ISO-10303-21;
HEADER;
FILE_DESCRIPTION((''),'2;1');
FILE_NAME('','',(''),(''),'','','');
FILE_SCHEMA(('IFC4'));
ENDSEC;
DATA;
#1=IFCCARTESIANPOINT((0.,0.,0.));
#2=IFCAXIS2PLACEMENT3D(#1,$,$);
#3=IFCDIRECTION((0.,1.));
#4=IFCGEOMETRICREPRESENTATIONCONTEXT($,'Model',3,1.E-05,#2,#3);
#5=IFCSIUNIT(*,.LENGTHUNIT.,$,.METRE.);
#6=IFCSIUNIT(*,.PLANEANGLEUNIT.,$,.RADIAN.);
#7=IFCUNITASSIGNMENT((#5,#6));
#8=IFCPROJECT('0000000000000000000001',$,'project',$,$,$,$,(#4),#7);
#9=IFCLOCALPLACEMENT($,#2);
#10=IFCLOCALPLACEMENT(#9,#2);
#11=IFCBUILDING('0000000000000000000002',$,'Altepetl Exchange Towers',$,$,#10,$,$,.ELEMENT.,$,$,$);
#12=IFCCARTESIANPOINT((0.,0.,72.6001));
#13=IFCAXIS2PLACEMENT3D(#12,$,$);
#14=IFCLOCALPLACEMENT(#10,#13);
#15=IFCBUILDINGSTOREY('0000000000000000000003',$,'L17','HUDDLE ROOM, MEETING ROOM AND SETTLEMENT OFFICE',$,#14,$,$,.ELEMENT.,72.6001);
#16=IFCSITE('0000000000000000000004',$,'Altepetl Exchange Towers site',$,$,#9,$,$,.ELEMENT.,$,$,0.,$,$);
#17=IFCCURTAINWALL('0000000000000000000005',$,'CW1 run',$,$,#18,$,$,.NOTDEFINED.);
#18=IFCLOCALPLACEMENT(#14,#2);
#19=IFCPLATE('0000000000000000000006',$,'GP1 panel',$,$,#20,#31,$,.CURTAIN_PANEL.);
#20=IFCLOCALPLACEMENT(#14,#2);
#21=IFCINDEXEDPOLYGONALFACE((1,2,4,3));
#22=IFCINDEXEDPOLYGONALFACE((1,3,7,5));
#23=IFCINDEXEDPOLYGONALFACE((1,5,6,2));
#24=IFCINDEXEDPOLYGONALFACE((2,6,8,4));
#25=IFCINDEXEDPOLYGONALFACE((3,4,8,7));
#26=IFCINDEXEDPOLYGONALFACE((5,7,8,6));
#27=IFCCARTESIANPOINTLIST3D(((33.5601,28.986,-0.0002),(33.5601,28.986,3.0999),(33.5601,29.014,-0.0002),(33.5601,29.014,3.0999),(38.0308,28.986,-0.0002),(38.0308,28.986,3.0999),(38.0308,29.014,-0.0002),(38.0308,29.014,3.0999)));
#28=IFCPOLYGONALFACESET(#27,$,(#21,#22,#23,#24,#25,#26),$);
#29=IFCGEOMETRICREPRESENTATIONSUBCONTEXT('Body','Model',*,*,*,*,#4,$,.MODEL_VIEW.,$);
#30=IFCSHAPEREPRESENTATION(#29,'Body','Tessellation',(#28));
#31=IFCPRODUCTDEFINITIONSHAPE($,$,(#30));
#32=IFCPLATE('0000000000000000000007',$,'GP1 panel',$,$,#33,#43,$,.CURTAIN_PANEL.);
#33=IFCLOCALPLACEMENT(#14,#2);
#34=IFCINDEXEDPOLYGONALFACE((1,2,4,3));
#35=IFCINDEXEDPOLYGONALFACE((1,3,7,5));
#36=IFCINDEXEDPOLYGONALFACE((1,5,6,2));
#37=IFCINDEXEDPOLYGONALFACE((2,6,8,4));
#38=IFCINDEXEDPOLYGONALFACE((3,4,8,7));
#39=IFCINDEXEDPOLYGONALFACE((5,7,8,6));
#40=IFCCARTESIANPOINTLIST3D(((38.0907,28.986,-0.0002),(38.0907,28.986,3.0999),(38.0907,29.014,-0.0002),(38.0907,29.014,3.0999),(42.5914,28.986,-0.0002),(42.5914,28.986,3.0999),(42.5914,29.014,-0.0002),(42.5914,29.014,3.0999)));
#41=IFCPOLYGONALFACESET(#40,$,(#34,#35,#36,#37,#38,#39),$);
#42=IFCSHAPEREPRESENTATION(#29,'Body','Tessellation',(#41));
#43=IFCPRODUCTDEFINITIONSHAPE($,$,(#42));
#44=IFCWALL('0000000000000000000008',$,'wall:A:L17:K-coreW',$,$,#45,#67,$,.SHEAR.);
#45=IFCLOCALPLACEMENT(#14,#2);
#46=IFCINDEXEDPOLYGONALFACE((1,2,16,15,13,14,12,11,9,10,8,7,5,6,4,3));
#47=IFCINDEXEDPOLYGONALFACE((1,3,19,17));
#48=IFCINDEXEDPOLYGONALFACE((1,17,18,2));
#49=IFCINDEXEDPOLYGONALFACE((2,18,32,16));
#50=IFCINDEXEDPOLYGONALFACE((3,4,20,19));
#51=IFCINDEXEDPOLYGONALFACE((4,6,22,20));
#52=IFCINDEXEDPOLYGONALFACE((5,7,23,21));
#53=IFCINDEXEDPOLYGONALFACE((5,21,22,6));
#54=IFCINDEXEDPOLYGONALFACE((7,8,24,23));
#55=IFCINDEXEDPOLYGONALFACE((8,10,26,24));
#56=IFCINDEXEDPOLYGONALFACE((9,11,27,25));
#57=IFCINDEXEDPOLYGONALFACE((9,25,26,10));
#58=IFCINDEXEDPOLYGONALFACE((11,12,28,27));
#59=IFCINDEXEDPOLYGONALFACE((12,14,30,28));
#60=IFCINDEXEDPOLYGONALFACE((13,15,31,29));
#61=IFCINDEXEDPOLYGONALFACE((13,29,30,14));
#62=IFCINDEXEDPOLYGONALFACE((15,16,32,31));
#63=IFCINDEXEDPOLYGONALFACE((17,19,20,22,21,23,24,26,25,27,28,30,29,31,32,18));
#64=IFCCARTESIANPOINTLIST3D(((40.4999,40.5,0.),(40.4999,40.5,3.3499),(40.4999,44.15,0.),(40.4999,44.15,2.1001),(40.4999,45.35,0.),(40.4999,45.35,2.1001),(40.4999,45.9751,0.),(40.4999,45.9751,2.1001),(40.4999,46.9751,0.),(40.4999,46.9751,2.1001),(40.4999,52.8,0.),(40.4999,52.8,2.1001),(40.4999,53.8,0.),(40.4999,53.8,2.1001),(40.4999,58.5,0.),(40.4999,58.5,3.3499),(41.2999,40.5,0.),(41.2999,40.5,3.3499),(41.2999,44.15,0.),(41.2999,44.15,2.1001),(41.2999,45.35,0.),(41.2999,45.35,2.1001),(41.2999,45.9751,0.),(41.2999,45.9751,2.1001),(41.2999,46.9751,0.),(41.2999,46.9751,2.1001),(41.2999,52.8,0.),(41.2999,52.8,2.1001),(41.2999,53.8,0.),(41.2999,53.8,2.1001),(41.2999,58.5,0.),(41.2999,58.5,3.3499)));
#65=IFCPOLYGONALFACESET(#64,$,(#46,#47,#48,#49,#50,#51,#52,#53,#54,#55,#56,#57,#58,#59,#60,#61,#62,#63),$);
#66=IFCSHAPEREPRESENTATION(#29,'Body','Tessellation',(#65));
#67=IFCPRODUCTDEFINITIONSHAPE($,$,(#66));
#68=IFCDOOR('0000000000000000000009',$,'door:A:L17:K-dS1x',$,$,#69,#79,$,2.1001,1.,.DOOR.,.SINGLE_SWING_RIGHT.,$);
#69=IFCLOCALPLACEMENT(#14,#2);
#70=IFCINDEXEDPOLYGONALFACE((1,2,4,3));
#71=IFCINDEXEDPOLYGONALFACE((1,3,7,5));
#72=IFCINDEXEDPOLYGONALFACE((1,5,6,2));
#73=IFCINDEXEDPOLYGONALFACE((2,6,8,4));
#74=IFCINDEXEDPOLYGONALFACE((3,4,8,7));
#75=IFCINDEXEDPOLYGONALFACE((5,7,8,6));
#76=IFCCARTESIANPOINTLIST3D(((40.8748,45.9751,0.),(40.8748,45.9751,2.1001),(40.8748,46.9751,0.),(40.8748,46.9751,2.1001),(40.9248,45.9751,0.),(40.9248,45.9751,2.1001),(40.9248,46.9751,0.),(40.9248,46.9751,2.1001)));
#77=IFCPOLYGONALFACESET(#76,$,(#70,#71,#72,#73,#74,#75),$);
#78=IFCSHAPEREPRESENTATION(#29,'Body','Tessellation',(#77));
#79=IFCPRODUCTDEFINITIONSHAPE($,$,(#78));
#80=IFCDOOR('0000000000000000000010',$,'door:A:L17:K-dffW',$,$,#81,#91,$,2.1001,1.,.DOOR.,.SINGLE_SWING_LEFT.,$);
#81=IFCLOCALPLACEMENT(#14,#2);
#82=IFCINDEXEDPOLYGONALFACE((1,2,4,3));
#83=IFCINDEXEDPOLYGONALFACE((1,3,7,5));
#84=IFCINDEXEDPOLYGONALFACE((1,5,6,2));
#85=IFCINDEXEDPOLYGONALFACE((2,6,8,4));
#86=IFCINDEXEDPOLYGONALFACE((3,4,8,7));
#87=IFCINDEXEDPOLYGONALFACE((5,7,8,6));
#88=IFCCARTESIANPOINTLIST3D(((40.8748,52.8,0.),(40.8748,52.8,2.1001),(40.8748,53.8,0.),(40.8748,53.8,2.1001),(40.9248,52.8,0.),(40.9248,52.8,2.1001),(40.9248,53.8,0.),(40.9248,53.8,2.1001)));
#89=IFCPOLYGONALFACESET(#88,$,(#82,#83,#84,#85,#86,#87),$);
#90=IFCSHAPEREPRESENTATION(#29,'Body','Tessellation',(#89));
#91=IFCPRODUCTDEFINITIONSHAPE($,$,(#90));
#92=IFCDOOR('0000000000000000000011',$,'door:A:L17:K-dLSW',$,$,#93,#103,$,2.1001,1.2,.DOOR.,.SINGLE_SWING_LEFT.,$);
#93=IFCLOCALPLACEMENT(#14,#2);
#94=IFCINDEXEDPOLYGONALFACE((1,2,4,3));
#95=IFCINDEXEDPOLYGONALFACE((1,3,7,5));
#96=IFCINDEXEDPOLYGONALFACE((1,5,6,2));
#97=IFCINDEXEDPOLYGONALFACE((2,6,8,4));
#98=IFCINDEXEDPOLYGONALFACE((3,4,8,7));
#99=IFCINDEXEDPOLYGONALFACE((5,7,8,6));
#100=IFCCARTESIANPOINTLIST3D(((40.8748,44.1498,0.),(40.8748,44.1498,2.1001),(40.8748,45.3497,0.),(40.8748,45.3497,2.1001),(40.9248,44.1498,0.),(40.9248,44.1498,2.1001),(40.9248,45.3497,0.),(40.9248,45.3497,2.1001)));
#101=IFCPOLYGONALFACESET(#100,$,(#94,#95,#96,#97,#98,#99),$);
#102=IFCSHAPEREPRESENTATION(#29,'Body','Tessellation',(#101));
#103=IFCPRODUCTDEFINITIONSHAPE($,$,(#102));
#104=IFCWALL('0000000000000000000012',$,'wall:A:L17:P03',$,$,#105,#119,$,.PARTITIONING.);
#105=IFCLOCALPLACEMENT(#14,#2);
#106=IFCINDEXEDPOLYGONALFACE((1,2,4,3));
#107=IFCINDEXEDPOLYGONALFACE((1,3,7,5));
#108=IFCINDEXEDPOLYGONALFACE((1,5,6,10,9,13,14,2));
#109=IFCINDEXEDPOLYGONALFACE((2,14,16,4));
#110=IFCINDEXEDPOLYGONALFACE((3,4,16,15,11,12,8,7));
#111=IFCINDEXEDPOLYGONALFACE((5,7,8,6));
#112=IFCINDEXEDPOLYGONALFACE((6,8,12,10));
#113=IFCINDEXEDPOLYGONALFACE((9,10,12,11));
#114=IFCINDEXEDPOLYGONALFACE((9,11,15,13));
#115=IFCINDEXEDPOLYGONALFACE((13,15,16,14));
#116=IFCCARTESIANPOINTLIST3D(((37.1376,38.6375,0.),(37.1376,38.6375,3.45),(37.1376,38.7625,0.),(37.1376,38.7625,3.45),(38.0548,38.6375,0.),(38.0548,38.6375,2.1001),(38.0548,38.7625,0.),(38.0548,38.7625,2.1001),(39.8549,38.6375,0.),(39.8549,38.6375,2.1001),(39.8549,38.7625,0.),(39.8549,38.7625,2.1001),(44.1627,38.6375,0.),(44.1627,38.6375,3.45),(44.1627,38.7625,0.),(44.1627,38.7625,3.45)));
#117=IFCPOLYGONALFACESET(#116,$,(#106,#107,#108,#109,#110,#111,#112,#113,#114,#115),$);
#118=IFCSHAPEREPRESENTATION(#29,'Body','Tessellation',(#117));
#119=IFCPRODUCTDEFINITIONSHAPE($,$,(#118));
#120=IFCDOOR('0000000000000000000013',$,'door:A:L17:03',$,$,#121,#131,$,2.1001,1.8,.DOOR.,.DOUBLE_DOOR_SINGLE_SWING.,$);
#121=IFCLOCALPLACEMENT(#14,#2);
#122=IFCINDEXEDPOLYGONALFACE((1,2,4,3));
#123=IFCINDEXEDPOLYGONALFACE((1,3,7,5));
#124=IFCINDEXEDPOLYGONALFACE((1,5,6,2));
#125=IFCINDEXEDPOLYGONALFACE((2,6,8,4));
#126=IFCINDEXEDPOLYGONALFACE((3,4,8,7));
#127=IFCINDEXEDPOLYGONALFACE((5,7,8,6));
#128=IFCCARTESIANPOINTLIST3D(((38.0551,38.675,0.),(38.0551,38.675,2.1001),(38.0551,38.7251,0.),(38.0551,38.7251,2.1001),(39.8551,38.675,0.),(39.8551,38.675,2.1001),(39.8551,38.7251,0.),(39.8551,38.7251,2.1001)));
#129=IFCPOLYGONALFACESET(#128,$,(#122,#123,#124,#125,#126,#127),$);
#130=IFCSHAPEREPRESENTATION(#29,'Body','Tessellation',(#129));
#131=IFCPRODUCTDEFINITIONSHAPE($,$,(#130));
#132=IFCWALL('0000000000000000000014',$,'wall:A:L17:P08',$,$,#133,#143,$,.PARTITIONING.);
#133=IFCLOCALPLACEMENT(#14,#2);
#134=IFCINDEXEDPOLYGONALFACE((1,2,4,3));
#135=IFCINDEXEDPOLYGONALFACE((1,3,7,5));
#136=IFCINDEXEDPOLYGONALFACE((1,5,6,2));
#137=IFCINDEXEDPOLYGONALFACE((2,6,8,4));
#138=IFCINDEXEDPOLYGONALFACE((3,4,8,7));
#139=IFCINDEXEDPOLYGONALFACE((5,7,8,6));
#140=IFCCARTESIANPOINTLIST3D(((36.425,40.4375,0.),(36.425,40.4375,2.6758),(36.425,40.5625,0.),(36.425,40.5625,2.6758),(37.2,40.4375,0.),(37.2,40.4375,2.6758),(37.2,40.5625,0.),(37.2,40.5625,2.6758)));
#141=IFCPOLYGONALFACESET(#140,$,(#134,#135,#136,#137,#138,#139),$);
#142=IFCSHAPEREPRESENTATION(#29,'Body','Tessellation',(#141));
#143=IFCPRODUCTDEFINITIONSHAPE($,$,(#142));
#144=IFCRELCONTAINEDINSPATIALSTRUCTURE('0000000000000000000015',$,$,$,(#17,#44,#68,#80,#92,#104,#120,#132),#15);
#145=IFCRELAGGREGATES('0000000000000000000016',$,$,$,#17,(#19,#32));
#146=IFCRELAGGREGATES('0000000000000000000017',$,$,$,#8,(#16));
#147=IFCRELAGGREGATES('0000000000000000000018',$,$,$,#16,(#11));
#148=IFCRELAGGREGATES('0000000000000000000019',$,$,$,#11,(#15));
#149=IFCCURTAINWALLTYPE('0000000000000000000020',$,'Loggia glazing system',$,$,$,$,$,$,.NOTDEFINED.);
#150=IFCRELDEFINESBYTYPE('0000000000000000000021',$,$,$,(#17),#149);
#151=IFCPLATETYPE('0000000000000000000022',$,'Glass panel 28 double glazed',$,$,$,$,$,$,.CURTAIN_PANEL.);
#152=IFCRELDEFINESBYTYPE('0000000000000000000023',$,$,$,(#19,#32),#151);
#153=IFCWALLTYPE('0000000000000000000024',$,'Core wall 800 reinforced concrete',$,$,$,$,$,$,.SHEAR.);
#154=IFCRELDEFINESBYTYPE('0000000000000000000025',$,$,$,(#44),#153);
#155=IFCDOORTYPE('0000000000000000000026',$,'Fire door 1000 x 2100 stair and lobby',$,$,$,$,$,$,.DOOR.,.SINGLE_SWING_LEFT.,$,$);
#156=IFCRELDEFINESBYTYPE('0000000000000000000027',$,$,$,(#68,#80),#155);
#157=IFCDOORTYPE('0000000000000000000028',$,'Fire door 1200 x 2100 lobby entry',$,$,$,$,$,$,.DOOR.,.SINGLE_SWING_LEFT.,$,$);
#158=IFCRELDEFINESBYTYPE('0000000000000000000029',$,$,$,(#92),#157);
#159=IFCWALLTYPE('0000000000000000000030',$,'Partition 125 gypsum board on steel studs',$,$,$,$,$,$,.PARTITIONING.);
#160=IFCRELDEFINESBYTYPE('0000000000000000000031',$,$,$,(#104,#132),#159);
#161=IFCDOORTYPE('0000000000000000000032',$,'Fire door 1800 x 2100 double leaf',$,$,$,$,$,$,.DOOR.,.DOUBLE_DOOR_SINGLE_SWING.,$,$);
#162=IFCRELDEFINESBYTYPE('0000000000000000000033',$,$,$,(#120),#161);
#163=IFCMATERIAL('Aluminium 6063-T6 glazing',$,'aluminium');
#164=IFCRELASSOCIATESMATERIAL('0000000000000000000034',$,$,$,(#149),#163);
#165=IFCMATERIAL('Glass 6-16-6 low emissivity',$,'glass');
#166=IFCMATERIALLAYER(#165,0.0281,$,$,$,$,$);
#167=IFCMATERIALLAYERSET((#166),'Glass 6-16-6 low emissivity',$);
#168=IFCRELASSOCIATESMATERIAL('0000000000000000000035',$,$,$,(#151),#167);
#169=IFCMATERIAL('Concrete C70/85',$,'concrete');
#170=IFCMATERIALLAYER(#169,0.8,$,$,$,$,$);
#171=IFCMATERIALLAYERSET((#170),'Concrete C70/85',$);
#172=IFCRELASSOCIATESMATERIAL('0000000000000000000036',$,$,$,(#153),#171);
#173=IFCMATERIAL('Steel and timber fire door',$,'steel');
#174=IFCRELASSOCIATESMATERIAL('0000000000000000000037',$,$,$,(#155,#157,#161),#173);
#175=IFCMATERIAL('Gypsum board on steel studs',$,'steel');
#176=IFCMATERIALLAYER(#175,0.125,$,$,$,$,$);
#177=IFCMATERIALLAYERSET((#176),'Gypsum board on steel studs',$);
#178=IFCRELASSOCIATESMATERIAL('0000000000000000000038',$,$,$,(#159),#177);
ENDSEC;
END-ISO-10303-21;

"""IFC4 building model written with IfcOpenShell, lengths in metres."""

from ifc_helpers import new_model, si_unit, direction, frame, frame_2d, origin, origin_2d, place, context, subcontext, project, spatial, rectangle, extrude, material, layer, layer_set, type_object, element, fill, aggregate, save


model = new_model("IFC4")

# Units and contexts
model_context = context("Model", 3, precision=1e-05, world=origin(), true_north=direction((0.0, 1.0)))
body_context = subcontext(model_context, "Body", "Model", "MODEL_VIEW")
ifc_project = project(units=[si_unit("LENGTHUNIT", "METRE"), si_unit("PLANEANGLEUNIT", "RADIAN")], contexts=[model_context])

# Site, building, storey
site_placement = place(None, origin())
site = spatial("IfcSite", under=ifc_project, at=site_placement, Name="Altepetl Exchange Towers site", CompositionType="ELEMENT", RefElevation=0.0)
building_placement = place(site_placement, origin())
building = spatial("IfcBuilding", under=site, at=building_placement, Name="Altepetl Exchange Towers", CompositionType="ELEMENT")
storey_placement = place(building_placement, frame((0.0, 0.0, 72.6001)))
storey = spatial("IfcBuildingStorey", under=building, at=storey_placement, Name="L17", Description="HUDDLE ROOM, MEETING ROOM AND SETTLEMENT OFFICE", CompositionType="ELEMENT", Elevation=72.6001)

# Shared definitions
ifc_material_1 = material(Name="Concrete C70/85", Category="concrete")

# Curtain wall
ifc_material_2 = material(Name="Aluminium 6063-T6 glazing", Category="aluminium")
curtain_wall_type = type_object("IfcCurtainWallType", Name="Loggia glazing system", PredefinedType="NOTDEFINED", material=ifc_material_2)
curtain_wall_placement = place(storey_placement, origin())
curtain_wall = element("IfcCurtainWall", 1, at=curtain_wall_placement, inside=storey, type_object=curtain_wall_type, Name="CW1 run", PredefinedType="NOTDEFINED")

# Plates
ifc_material_3 = material(Name="Glass 6-16-6 low emissivity", Category="glass")
ifc_layer_1 = layer(ifc_material_3, 0.0281)
ifc_layer_set_1 = layer_set([ifc_layer_1], Name="Glass 6-16-6 low emissivity")
plate_type = type_object("IfcPlateType", Name="Glass panel 28 double glazed", PredefinedType="CURTAIN_PANEL", material=ifc_layer_set_1)
plate_1_placement = place(storey_placement, frame((35.7954, 29.0, -0.0002)))
plate_1 = element("IfcPlate", 2, at=plate_1_placement, type_object=plate_type, Name="GP1 panel", PredefinedType="CURTAIN_PANEL", context=body_context, shape_type="SweptSolid", body=[
    extrude(rectangle(XDim=4.4707, YDim=0.0281, at=origin_2d()), origin(), (0.0, 0.0, 1.0), 3.1001),
])
plate_2_placement = place(storey_placement, frame((40.3411, 29.0, -0.0002)))
plate_2 = element("IfcPlate", 3, at=plate_2_placement, type_object=plate_type, Name="GP1 panel", PredefinedType="CURTAIN_PANEL", context=body_context, shape_type="SweptSolid", body=[
    extrude(rectangle(XDim=4.5007, YDim=0.0281, at=origin_2d()), origin(), (0.0, 0.0, 1.0), 3.1001),
])
aggregate(curtain_wall, [plate_1, plate_2])

# Wall, openings, doors
ifc_layer_2 = layer(ifc_material_1, 0.8)
ifc_layer_set_2 = layer_set([ifc_layer_2], Name="Concrete C70/85")
wall_type_1 = type_object("IfcWallType", Name="Core wall 800 reinforced concrete", PredefinedType="SHEAR", material=ifc_layer_set_2)
wall_1_placement = place(storey_placement, frame((40.8999, 40.5, 0.0), z_axis=(0.0, 0.0, 1.0), x_axis=(0.0, 1.0, 0.0)))
wall_1 = element("IfcWall", 4, at=wall_1_placement, inside=storey, type_object=wall_type_1, Name="wall:A:L17:K-coreW", PredefinedType="SHEAR", context=body_context, shape_type="SweptSolid", body=[
    extrude(rectangle(XDim=18.0, YDim=0.8, at=frame_2d((9.0, 0.0))), origin(), (0.0, 0.0, 1.0), 3.3499),
])
opening_1_placement = place(wall_1_placement, frame((3.6499, 0.0, 0.0)))
opening_1 = element("IfcOpeningElement", 5, at=opening_1_placement, cuts=wall_1, PredefinedType="OPENING", context=body_context, shape_type="SweptSolid", body=[
    extrude(rectangle(XDim=1.2, YDim=2.1001, at=frame_2d((0.6001, 1.05))), frame((0.0, 0.4102, 0.0), z_axis=(0.0, -1.0, 0.0), x_axis=(1.0, 0.0, 0.0)), (0.0, 0.0, 1.0), 0.8201),
])
opening_2_placement = place(wall_1_placement, frame((5.4751, 0.0, 0.0)))
opening_2 = element("IfcOpeningElement", 6, at=opening_2_placement, cuts=wall_1, PredefinedType="OPENING", context=body_context, shape_type="SweptSolid", body=[
    extrude(rectangle(XDim=1.0, YDim=2.1001, at=frame_2d((0.5, 1.05))), frame((0.0, 0.4102, 0.0), z_axis=(0.0, -1.0, 0.0), x_axis=(1.0, 0.0, 0.0)), (0.0, 0.0, 1.0), 0.8201),
])
opening_3_placement = place(wall_1_placement, frame((12.3, 0.0, 0.0)))
opening_3 = element("IfcOpeningElement", 7, at=opening_3_placement, cuts=wall_1, PredefinedType="OPENING", context=body_context, shape_type="SweptSolid", body=[
    extrude(rectangle(XDim=1.0, YDim=2.1001, at=frame_2d((0.5, 1.05))), frame((0.0, 0.4102, 0.0), z_axis=(0.0, -1.0, 0.0), x_axis=(1.0, 0.0, 0.0)), (0.0, 0.0, 1.0), 0.8201),
])
ifc_material_4 = material(Name="Steel and timber fire door", Category="steel")
door_type_1 = type_object("IfcDoorType", Name="Fire door 1000 x 2100 stair and lobby", OperationType="SINGLE_SWING_LEFT", PredefinedType="DOOR", material=ifc_material_4)
door_1_placement = place(opening_2_placement, frame((1.0, 0.0, 0.0), x_axis=(-1.0, 0.0, 0.0)))
door_1 = element("IfcDoor", 8, at=door_1_placement, inside=storey, type_object=door_type_1, Name="door:A:L17:K-dS1x", OperationType="SINGLE_SWING_RIGHT", OverallHeight=2.1001, OverallWidth=1.0, PredefinedType="DOOR", context=body_context, shape_type="SweptSolid", body=[
    extrude(rectangle(XDim=1.0, YDim=2.1001, at=frame_2d((0.5, 1.05))), frame((0.0, 0.0249, 0.0), z_axis=(0.0, -1.0, 0.0), x_axis=(1.0, 0.0, 0.0)), (0.0, 0.0, 1.0), 0.05),
])
fill(opening_2, door_1)
door_2_placement = place(opening_3_placement, frame((1.0, 0.0, 0.0), x_axis=(-1.0, 0.0, 0.0)))
door_2 = element("IfcDoor", 9, at=door_2_placement, inside=storey, type_object=door_type_1, Name="door:A:L17:K-dffW", OperationType="SINGLE_SWING_LEFT", OverallHeight=2.1001, OverallWidth=1.0, PredefinedType="DOOR", context=body_context, shape_type="SweptSolid", body=[
    extrude(rectangle(XDim=1.0, YDim=2.1001, at=frame_2d((0.5, 1.05))), frame((0.0, 0.0249, 0.0), z_axis=(0.0, -1.0, 0.0), x_axis=(1.0, 0.0, 0.0)), (0.0, 0.0, 1.0), 0.05),
])
fill(opening_3, door_2)
door_type_2 = type_object("IfcDoorType", Name="Fire door 1200 x 2100 lobby entry", OperationType="SINGLE_SWING_LEFT", PredefinedType="DOOR", material=ifc_material_4)
door_3_placement = place(opening_1_placement, frame((1.2, 0.0, 0.0), x_axis=(-1.0, 0.0, 0.0)))
door_3 = element("IfcDoor", 10, at=door_3_placement, inside=storey, type_object=door_type_2, Name="door:A:L17:K-dLSW", OperationType="SINGLE_SWING_LEFT", OverallHeight=2.1001, OverallWidth=1.2, PredefinedType="DOOR", context=body_context, shape_type="SweptSolid", body=[
    extrude(rectangle(XDim=1.2, YDim=2.1001, at=frame_2d((0.6001, 1.05))), frame((0.0, 0.0249, 0.0), z_axis=(0.0, -1.0, 0.0), x_axis=(1.0, 0.0, 0.0)), (0.0, 0.0, 1.0), 0.05),
])
fill(opening_1, door_3)

# Wall, opening, door
ifc_material_5 = material(Name="Gypsum board on steel studs", Category="steel")
ifc_layer_3 = layer(ifc_material_5, 0.125)
ifc_layer_set_3 = layer_set([ifc_layer_3], Name="Gypsum board on steel studs")
wall_type_2 = type_object("IfcWallType", Name="Partition 125 gypsum board on steel studs", PredefinedType="PARTITIONING", material=ifc_layer_set_3)
wall_2_placement = place(storey_placement, frame((37.1375, 38.7, 0.0)))
wall_2 = element("IfcWall", 11, at=wall_2_placement, inside=storey, type_object=wall_type_2, Name="wall:A:L17:P03", PredefinedType="PARTITIONING", context=body_context, shape_type="SweptSolid", body=[
    extrude(rectangle(XDim=7.0251, YDim=0.125, at=frame_2d((3.5127, 0.0))), origin(), (0.0, 0.0, 1.0), 3.45),
])
opening_4_placement = place(wall_2_placement, frame((0.9175, 0.0, 0.0)))
opening_4 = element("IfcOpeningElement", 12, at=opening_4_placement, cuts=wall_2, PredefinedType="OPENING", context=body_context, shape_type="SweptSolid", body=[
    extrude(rectangle(XDim=1.8, YDim=2.1001, at=frame_2d((0.8999, 1.05))), frame((0.0, 0.0725, 0.0), z_axis=(0.0, -1.0, 0.0), x_axis=(1.0, 0.0, 0.0)), (0.0, 0.0, 1.0), 0.145),
])
door_type_3 = type_object("IfcDoorType", Name="Fire door 1800 x 2100 double leaf", OperationType="DOUBLE_DOOR_SINGLE_SWING", PredefinedType="DOOR", material=ifc_material_4)
door_4_placement = place(opening_4_placement, frame((1.8, 0.0, 0.0), x_axis=(-1.0, 0.0, 0.0)))
door_4 = element("IfcDoor", 13, at=door_4_placement, inside=storey, type_object=door_type_3, Name="door:A:L17:03", OperationType="DOUBLE_DOOR_SINGLE_SWING", OverallHeight=2.1001, OverallWidth=1.8, PredefinedType="DOOR", context=body_context, shape_type="SweptSolid", body=[
    extrude(rectangle(XDim=1.8, YDim=2.1001, at=frame_2d((0.8999, 1.05))), frame((0.0, 0.0249, 0.0), z_axis=(0.0, -1.0, 0.0), x_axis=(1.0, 0.0, 0.0)), (0.0, 0.0, 1.0), 0.05),
])
fill(opening_4, door_4)

# Wall
wall_3_placement = place(storey_placement, frame((36.425, 40.5, 0.0)))
element("IfcWall", 14, at=wall_3_placement, inside=storey, type_object=wall_type_2, Name="wall:A:L17:P08", PredefinedType="PARTITIONING", context=body_context, shape_type="SweptSolid", body=[
    extrude(rectangle(XDim=0.7749, YDim=0.125, at=frame_2d((0.3875, 0.0))), origin(), (0.0, 0.0, 1.0), 2.6758),
])

save(model, "model.ifc")
